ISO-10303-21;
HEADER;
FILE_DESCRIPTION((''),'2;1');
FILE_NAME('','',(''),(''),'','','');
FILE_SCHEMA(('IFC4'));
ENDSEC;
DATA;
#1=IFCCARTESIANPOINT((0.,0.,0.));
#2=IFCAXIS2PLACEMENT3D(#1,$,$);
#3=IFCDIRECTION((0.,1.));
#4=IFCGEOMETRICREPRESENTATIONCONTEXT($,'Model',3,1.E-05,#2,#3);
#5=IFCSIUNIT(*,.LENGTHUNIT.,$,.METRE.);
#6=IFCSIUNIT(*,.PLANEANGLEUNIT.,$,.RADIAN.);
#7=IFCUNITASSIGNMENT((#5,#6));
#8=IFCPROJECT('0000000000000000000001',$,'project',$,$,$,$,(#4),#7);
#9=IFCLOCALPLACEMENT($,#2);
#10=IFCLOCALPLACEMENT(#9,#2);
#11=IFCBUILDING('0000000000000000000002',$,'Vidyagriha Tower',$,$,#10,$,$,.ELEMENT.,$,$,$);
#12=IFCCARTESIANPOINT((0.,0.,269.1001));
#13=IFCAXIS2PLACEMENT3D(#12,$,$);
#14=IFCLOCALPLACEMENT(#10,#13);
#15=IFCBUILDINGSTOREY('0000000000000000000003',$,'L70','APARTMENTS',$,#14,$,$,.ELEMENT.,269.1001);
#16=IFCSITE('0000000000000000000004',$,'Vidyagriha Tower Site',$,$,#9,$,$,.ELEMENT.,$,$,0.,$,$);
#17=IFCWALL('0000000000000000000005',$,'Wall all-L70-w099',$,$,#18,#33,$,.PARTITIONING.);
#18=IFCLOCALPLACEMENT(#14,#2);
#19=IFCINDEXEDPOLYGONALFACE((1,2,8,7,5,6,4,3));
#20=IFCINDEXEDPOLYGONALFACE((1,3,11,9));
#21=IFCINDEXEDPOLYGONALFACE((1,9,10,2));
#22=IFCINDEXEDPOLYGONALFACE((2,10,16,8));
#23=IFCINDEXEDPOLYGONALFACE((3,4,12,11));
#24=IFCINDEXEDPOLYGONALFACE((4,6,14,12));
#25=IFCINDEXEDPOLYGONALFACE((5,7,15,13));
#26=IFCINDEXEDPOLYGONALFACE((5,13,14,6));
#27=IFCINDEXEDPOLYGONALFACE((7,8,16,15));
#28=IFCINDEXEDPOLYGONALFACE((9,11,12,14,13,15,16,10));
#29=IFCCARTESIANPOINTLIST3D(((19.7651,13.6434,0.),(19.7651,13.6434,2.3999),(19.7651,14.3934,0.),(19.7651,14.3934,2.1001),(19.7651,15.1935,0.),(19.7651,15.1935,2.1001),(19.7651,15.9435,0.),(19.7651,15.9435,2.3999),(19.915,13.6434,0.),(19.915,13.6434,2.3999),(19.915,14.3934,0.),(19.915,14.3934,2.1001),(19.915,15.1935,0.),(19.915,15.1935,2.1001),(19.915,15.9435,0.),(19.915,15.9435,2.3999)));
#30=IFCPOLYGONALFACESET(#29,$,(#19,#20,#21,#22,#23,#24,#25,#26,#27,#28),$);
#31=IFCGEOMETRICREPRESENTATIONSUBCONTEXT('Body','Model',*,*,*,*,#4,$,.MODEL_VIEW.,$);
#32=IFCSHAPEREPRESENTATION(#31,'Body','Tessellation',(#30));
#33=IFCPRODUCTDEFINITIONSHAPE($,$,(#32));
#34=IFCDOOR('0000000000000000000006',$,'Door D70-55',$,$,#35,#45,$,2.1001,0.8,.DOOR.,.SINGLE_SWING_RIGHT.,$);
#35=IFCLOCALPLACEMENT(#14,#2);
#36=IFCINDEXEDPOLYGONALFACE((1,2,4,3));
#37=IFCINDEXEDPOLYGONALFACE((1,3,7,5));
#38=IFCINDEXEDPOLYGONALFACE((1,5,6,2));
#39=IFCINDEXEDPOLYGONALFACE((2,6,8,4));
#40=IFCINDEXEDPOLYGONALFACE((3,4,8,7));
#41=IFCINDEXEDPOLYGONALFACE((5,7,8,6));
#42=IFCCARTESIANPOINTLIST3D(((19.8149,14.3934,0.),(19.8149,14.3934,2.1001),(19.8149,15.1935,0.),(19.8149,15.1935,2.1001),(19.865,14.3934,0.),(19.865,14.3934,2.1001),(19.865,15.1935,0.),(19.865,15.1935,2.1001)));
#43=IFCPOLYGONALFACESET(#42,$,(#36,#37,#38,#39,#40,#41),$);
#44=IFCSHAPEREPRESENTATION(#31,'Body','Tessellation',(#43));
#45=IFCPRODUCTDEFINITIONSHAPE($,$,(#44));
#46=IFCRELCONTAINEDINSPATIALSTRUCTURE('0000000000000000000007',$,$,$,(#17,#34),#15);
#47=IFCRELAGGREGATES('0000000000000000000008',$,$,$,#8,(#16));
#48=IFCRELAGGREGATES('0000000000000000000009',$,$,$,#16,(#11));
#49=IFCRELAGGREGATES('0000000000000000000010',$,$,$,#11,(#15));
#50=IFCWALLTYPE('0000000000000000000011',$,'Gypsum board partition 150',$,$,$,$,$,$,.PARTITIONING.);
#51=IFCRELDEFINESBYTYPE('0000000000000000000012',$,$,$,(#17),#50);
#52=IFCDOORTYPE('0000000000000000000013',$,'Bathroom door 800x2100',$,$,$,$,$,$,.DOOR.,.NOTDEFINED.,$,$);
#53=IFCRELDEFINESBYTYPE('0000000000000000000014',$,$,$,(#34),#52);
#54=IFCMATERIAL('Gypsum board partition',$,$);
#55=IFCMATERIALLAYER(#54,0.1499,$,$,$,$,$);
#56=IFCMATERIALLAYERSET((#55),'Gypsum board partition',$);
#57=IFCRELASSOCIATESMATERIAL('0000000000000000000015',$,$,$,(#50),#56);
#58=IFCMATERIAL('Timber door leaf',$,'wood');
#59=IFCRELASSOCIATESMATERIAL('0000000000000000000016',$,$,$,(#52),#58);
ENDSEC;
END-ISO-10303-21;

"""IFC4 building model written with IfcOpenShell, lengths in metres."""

from ifc_helpers import new_model, si_unit, direction, frame, frame_2d, origin, place, context, subcontext, project, spatial, rectangle, extrude, material, layer, layer_set, type_object, element, fill, save


model = new_model("IFC4")

# Units and contexts
model_context = context("Model", 3, precision=1e-05, world=origin(), true_north=direction((0.0, 1.0)))
body_context = subcontext(model_context, "Body", "Model", "MODEL_VIEW")
ifc_project = project(units=[si_unit("LENGTHUNIT", "METRE"), si_unit("PLANEANGLEUNIT", "RADIAN")], contexts=[model_context])

# Site, building, storey
site_placement = place(None, origin())
site = spatial("IfcSite", under=ifc_project, at=site_placement, Name="Vidyagriha Tower Site", CompositionType="ELEMENT", RefElevation=0.0)
building_placement = place(site_placement, origin())
building = spatial("IfcBuilding", under=site, at=building_placement, Name="Vidyagriha Tower", CompositionType="ELEMENT")
storey_placement = place(building_placement, frame((0.0, 0.0, 269.1001)))
storey = spatial("IfcBuildingStorey", under=building, at=storey_placement, Name="L70", Description="APARTMENTS", CompositionType="ELEMENT", Elevation=269.1001)

# Shared definitions
ifc_material_1 = material(Name="Gypsum board partition")
ifc_layer_1 = layer(ifc_material_1, 0.1499)
ifc_layer_set_1 = layer_set([ifc_layer_1], Name="Gypsum board partition")
wall_type_1 = type_object("IfcWallType", Name="Gypsum board partition 150", PredefinedType="PARTITIONING", material=ifc_layer_set_1)

# Wall, opening, door
wall_1_placement = place(storey_placement, frame((19.8401, 15.9434, 0.0), z_axis=(0.0, 0.0, 1.0), x_axis=(0.0, -1.0, 0.0)))
wall_1 = element("IfcWall", 1, at=wall_1_placement, inside=storey, type_object=wall_type_1, Name="Wall all-L70-w099", PredefinedType="PARTITIONING", context=body_context, shape_type="SweptSolid", body=[
    extrude(rectangle(XDim=2.3, YDim=0.1499, at=frame_2d((1.1499, 0.0))), origin(), (0.0, 0.0, 1.0), 2.3999),
])
opening_1_placement = place(wall_1_placement, frame((0.75, 0.0, 0.0)))
opening_1 = element("IfcOpeningElement", 2, at=opening_1_placement, cuts=wall_1, PredefinedType="OPENING", context=body_context, shape_type="SweptSolid", body=[
    extrude(rectangle(XDim=0.8, YDim=2.1001, at=frame_2d((0.3999, 1.05))), frame((0.0, 0.085, 0.0), z_axis=(0.0, -1.0, 0.0), x_axis=(1.0, 0.0, 0.0)), (0.0, 0.0, 1.0), 0.1699),
])
ifc_material_2 = material(Name="Timber door leaf", Category="wood")
door_type = type_object("IfcDoorType", Name="Bathroom door 800x2100", OperationType="NOTDEFINED", PredefinedType="DOOR", material=ifc_material_2)
door_placement = place(opening_1_placement, origin())
door = element("IfcDoor", 3, at=door_placement, inside=storey, type_object=door_type, Name="Door D70-55", OperationType="SINGLE_SWING_RIGHT", OverallHeight=2.1001, OverallWidth=0.8, PredefinedType="DOOR", context=body_context, shape_type="SweptSolid", body=[
    extrude(rectangle(XDim=0.8, YDim=2.1001, at=frame_2d((0.3999, 1.05))), frame((0.0, 0.0249, 0.0), z_axis=(0.0, -1.0, 0.0), x_axis=(1.0, 0.0, 0.0)), (0.0, 0.0, 1.0), 0.05),
])
fill(opening_1, door)

save(model, "model.ifc")
